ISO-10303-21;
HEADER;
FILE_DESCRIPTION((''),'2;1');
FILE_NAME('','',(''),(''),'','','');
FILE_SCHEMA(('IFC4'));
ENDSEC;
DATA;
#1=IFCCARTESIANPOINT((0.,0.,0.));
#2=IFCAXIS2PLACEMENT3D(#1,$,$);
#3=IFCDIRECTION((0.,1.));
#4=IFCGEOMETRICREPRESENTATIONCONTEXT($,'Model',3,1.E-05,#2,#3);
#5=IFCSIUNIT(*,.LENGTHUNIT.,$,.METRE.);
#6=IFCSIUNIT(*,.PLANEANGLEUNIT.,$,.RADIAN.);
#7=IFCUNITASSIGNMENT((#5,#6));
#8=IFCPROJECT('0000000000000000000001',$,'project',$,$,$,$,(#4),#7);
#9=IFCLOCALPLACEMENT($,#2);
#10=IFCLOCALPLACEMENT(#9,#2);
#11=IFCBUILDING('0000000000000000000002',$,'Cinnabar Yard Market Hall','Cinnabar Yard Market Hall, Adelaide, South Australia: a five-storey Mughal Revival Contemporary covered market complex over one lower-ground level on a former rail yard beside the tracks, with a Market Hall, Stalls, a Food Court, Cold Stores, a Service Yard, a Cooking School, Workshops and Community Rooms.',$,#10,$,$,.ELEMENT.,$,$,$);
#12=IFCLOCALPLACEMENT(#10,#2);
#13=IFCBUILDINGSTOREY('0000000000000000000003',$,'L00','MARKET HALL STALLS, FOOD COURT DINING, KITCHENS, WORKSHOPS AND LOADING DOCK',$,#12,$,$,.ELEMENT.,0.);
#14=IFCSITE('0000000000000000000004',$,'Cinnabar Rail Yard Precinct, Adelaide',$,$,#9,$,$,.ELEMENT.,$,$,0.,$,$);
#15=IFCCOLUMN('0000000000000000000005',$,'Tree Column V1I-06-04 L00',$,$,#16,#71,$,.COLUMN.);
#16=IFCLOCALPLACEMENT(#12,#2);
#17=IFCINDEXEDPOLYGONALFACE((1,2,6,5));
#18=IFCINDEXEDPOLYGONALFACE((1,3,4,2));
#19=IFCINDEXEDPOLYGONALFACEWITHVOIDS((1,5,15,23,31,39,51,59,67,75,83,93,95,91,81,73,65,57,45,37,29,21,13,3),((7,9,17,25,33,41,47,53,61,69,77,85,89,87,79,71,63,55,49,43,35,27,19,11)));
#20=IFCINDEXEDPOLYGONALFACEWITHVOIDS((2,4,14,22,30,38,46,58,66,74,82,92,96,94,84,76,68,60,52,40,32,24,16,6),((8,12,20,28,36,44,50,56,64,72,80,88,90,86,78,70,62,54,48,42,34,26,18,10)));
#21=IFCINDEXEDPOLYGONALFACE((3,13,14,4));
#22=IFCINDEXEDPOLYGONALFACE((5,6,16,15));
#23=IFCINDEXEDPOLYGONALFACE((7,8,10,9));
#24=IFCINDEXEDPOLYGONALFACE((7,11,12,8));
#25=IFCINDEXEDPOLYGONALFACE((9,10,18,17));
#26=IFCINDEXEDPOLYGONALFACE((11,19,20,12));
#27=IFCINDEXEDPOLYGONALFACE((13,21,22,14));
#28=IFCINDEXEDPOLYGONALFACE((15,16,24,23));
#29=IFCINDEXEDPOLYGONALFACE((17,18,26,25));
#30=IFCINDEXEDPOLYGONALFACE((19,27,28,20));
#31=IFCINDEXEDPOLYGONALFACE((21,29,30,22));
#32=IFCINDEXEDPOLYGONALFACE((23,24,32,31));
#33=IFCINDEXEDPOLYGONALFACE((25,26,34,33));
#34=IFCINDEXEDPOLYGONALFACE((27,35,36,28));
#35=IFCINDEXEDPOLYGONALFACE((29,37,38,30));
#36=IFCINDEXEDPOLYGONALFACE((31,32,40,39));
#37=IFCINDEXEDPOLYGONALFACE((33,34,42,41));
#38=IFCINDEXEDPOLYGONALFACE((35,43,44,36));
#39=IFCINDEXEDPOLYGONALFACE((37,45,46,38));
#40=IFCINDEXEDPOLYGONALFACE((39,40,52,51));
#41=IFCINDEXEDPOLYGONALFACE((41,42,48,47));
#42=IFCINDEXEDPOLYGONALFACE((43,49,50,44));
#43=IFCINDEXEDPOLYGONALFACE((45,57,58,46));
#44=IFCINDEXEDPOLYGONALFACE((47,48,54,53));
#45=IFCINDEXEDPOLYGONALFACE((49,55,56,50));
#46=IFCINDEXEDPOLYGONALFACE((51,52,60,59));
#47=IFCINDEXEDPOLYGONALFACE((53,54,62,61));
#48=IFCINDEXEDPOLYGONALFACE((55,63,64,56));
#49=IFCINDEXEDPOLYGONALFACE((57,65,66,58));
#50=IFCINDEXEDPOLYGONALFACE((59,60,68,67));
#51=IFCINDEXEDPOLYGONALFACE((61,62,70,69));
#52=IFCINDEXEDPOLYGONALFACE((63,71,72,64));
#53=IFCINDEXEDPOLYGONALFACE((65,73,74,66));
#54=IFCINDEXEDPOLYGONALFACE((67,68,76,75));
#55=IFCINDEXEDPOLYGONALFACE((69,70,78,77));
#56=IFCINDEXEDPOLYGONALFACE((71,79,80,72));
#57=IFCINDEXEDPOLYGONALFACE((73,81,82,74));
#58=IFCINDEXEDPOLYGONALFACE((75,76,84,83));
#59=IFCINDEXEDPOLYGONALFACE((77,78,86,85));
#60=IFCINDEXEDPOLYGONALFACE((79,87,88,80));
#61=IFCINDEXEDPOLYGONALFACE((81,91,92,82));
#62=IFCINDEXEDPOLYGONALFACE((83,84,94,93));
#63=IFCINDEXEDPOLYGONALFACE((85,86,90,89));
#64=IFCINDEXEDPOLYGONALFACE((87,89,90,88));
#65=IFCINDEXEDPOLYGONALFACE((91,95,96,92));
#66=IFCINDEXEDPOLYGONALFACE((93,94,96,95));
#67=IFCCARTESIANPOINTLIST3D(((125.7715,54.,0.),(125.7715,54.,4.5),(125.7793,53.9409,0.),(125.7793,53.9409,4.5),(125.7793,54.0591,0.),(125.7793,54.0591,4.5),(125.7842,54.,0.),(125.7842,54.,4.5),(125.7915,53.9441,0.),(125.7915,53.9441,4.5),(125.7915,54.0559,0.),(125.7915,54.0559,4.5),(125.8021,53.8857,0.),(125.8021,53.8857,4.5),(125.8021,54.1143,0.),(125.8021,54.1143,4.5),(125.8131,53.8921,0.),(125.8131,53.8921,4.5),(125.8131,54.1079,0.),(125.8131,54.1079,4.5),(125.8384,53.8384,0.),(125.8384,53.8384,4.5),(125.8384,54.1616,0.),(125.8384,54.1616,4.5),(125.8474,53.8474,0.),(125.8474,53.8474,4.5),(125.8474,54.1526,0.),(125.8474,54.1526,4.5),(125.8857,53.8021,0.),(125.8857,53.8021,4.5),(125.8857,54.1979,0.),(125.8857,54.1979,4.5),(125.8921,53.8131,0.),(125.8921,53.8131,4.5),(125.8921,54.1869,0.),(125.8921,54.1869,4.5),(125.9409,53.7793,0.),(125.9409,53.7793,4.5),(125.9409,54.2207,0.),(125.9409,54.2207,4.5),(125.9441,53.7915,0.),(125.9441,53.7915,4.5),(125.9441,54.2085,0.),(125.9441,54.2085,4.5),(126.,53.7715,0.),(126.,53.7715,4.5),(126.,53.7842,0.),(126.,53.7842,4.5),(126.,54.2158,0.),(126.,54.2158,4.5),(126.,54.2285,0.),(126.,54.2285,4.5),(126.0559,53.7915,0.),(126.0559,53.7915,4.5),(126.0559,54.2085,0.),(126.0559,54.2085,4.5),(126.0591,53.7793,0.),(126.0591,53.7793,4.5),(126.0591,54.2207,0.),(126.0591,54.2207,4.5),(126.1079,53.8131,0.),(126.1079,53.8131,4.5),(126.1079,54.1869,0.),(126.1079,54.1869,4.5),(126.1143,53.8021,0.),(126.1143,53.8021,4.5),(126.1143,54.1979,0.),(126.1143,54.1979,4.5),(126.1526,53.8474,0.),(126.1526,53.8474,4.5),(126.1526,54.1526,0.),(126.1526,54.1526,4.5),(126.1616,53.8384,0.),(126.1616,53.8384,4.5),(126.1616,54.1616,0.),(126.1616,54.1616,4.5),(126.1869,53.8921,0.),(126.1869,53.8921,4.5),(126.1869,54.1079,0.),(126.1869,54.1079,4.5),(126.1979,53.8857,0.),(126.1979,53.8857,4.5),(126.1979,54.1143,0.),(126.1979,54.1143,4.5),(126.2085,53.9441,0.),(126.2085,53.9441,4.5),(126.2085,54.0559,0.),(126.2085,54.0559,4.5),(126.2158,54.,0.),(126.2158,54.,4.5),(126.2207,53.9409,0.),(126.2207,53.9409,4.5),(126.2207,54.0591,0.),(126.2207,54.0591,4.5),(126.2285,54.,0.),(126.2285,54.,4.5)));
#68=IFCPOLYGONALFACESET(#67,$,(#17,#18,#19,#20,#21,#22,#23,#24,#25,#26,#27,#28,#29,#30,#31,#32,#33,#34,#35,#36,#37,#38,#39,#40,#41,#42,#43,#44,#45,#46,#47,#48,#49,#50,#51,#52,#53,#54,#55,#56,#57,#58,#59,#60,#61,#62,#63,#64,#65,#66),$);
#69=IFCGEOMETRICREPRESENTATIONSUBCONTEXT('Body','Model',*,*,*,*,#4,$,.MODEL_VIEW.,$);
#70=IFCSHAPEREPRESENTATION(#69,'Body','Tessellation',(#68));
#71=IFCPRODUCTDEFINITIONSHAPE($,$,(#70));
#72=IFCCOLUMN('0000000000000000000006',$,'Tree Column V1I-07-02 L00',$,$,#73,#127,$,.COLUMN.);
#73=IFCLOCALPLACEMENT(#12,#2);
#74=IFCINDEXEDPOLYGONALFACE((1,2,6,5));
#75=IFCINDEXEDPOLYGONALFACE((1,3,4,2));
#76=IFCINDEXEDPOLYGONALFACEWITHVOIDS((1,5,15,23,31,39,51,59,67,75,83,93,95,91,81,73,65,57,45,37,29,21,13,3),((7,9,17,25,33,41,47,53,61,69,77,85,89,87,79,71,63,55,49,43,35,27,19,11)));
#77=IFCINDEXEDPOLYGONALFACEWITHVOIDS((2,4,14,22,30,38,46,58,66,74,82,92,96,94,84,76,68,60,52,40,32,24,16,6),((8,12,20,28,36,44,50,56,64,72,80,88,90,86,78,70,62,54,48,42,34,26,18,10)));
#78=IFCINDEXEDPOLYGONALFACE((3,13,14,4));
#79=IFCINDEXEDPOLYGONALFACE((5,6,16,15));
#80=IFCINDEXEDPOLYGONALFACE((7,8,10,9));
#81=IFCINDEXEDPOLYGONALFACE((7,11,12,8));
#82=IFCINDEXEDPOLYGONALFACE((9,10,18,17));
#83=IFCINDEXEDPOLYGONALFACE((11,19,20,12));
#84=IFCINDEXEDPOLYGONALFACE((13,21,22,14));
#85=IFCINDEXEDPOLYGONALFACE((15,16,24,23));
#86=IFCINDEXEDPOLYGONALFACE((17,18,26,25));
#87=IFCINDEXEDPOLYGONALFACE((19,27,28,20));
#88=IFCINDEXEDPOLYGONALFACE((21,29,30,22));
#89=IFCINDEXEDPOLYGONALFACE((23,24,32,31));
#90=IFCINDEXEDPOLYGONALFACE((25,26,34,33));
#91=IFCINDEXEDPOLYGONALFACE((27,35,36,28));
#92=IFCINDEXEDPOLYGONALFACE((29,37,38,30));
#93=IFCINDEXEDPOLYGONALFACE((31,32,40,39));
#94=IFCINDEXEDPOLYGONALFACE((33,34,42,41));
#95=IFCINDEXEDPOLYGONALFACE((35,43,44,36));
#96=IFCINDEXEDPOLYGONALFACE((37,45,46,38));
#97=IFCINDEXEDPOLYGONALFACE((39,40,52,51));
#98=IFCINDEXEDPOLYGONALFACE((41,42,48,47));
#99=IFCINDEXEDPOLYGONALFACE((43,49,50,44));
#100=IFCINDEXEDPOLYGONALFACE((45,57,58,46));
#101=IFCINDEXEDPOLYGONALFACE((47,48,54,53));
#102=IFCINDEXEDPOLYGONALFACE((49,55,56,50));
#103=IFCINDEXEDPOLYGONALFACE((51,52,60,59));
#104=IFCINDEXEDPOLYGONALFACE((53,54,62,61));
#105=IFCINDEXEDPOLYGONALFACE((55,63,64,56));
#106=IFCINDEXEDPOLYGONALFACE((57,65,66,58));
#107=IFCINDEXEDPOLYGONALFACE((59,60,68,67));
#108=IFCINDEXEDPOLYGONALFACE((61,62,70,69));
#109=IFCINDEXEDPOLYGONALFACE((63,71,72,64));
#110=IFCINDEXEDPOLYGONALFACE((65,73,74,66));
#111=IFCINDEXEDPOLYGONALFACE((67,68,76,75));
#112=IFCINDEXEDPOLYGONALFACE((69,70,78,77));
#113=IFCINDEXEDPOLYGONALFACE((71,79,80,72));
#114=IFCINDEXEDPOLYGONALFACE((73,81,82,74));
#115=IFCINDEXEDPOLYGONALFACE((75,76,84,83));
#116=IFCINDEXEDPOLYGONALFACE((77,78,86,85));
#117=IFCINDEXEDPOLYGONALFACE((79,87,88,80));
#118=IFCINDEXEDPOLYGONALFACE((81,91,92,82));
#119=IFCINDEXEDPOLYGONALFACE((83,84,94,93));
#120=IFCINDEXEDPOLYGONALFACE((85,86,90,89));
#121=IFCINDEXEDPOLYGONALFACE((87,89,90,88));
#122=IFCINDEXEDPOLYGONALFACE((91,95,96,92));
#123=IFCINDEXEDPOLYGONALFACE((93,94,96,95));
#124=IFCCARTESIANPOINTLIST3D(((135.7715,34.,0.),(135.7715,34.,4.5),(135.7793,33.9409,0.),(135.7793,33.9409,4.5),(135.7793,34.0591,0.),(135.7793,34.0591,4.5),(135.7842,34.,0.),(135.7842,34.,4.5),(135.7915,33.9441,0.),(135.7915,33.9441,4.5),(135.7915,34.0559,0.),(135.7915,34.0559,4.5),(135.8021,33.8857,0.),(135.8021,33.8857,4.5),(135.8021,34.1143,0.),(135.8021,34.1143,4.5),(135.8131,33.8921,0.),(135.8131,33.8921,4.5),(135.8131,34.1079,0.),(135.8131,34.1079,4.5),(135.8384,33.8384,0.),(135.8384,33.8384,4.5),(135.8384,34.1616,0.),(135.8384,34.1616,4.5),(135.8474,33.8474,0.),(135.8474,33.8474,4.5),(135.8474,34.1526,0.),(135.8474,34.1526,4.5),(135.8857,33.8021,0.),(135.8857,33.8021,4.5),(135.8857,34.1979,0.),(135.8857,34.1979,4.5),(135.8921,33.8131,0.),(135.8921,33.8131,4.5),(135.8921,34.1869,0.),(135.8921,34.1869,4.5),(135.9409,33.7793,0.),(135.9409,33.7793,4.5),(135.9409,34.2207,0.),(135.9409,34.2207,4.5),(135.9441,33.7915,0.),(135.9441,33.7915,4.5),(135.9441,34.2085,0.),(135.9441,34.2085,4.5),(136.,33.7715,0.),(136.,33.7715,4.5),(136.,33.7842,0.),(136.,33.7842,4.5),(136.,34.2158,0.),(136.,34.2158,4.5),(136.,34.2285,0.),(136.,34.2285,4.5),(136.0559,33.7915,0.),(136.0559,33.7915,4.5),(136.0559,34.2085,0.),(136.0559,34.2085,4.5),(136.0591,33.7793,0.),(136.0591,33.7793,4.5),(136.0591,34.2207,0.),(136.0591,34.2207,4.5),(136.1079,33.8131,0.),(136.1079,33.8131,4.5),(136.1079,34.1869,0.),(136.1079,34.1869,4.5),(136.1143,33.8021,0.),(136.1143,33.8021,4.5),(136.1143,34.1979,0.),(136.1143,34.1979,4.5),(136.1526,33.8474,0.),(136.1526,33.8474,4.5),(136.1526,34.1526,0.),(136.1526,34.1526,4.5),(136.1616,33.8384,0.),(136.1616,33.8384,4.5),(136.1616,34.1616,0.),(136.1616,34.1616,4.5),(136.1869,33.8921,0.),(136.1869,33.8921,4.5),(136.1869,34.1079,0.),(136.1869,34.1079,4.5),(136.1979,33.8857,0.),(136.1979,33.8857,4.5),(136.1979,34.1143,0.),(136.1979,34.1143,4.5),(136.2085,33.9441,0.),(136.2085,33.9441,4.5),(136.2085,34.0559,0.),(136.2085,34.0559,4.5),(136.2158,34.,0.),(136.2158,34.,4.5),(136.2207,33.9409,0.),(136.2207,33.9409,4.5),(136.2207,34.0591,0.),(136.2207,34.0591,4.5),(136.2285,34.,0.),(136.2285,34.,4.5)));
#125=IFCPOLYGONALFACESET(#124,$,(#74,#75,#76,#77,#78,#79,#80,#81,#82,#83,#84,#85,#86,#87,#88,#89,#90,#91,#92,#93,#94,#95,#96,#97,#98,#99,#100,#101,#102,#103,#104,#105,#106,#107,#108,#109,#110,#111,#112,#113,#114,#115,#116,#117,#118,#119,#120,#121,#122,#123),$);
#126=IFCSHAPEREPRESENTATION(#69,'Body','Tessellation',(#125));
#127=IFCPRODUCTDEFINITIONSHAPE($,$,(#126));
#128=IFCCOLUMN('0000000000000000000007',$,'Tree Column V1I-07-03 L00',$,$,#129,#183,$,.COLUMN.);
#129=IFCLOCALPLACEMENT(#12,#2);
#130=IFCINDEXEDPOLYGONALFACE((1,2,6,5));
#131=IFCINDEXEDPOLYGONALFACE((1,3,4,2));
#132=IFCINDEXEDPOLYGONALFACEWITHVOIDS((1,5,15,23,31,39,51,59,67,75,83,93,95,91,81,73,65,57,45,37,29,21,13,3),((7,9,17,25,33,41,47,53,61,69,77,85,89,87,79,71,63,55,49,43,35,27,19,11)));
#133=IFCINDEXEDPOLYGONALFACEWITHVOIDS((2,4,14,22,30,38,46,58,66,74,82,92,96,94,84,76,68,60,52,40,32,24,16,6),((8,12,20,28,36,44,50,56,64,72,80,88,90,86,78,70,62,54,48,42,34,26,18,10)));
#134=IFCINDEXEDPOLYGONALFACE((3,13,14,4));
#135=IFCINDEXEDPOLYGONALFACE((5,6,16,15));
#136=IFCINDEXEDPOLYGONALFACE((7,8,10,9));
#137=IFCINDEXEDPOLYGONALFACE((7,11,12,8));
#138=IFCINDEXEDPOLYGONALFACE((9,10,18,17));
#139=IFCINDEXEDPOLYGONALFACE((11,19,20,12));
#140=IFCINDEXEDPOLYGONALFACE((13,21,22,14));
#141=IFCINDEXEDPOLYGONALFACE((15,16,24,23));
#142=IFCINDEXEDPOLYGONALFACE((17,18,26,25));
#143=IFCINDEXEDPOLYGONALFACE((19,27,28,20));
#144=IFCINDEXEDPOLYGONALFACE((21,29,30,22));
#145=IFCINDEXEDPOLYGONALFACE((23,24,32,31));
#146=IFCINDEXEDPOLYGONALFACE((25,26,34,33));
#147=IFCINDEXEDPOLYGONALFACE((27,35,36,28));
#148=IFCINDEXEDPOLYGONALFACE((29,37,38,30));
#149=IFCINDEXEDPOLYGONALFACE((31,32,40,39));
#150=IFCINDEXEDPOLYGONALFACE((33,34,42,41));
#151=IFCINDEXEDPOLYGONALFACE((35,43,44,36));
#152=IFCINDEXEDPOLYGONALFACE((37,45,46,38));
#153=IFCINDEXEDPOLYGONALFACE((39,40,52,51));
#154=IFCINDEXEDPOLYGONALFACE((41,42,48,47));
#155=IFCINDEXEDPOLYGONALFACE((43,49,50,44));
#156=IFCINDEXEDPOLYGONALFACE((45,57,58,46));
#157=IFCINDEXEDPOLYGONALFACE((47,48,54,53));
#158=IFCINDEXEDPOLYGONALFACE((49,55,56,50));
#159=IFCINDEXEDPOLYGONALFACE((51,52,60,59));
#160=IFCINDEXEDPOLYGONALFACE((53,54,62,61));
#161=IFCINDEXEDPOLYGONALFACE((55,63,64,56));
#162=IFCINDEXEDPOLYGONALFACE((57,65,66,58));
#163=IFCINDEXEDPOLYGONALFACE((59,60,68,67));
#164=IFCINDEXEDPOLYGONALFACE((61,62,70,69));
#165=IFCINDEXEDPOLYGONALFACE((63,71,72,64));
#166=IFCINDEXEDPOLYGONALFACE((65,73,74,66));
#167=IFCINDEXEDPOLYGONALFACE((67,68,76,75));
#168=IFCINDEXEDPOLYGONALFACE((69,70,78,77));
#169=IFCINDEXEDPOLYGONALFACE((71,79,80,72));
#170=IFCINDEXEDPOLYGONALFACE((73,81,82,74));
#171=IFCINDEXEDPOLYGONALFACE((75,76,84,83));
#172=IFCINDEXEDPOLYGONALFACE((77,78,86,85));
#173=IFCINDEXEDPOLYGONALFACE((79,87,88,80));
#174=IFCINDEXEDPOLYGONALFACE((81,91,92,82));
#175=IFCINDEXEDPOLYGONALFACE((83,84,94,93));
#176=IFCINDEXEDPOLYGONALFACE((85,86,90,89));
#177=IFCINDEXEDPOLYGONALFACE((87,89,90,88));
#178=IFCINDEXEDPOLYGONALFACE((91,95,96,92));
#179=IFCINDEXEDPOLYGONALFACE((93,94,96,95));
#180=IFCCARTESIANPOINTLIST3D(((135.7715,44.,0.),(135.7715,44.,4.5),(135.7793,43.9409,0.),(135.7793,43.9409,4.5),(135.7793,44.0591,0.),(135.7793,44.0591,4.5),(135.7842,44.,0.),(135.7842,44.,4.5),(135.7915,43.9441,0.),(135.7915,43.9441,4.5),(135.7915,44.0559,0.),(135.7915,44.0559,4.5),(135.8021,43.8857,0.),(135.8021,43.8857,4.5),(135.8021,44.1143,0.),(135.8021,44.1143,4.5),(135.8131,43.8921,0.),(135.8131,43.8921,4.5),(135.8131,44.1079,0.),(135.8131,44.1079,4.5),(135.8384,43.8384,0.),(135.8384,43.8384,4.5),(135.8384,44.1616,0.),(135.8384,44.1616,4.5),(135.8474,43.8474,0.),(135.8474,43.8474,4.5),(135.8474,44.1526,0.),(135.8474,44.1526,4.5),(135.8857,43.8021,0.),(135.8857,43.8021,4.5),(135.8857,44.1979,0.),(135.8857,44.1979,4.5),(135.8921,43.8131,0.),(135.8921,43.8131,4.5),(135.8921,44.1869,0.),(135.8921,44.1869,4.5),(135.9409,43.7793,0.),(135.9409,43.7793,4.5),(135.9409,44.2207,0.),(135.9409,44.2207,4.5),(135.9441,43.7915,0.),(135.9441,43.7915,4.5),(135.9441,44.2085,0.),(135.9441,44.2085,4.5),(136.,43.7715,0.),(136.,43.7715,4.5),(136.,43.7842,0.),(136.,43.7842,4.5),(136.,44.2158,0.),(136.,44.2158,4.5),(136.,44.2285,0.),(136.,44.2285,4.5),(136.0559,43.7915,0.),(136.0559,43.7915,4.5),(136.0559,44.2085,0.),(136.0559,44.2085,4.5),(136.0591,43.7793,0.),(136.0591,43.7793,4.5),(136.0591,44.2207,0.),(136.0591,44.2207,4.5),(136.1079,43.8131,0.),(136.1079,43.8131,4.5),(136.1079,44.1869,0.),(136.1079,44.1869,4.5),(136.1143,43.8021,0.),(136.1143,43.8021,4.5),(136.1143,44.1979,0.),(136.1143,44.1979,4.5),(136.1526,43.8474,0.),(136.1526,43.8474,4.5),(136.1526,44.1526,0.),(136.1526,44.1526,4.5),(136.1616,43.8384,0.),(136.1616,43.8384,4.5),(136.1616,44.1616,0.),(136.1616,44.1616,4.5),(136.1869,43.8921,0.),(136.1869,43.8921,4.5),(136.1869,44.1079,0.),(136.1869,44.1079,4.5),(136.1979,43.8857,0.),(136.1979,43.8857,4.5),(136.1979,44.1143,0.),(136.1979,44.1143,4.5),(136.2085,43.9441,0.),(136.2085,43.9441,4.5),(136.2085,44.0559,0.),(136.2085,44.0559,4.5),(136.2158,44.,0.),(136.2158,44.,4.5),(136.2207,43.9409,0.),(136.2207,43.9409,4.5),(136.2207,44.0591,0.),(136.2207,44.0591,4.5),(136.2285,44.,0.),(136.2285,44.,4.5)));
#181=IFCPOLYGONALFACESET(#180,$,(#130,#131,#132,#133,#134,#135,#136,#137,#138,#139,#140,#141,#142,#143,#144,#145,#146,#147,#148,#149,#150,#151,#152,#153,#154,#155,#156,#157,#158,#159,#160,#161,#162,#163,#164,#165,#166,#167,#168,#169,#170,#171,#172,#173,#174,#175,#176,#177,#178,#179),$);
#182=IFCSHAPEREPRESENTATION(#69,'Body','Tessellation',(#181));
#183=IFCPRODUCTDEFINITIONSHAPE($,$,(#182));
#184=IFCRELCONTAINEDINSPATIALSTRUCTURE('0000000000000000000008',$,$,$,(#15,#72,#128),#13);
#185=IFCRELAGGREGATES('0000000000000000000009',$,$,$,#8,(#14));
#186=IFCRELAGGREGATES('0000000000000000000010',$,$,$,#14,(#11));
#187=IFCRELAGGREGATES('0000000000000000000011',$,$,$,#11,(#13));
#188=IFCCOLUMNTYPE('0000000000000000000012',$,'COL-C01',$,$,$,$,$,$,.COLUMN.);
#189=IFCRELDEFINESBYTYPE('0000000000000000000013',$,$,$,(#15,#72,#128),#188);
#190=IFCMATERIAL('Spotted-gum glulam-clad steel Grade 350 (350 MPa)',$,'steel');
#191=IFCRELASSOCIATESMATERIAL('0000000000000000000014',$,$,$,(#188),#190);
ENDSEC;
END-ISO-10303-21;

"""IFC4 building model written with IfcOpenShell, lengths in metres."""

from ifc_helpers import new_model, si_unit, direction, frame, origin, origin_2d_with_axis, place, context, subcontext, project, spatial, hollow_circle, extrude, material, material_profile, profile_set, type_object, element, save


model = new_model("IFC4")

# Units and contexts
model_context = context("Model", 3, precision=1e-05, world=origin(), true_north=direction((0.0, 1.0)))
body_context = subcontext(model_context, "Body", "Model", "MODEL_VIEW")
ifc_project = project(units=[si_unit("LENGTHUNIT", "METRE"), si_unit("PLANEANGLEUNIT", "RADIAN")], contexts=[model_context])

# Site, building, storey
site_placement = place(None, origin())
site = spatial("IfcSite", under=ifc_project, at=site_placement, Name="Cinnabar Rail Yard Precinct, Adelaide", CompositionType="ELEMENT", RefElevation=0.0)
building_placement = place(site_placement, origin())
building = spatial("IfcBuilding", under=site, at=building_placement, Name="Cinnabar Yard Market Hall", Description="Cinnabar Yard Market Hall, Adelaide, South Australia: a five-storey Mughal Revival Contemporary covered market complex over one lower-ground level on a former rail yard beside the tracks, with a Market Hall, Stalls, a Food Court, Cold Stores, a Service Yard, a Cooking School, Workshops and Community Rooms.", CompositionType="ELEMENT")
storey_placement = place(building_placement, origin())
storey = spatial("IfcBuildingStorey", under=building, at=storey_placement, Name="L00", Description="MARKET HALL STALLS, FOOD COURT DINING, KITCHENS, WORKSHOPS AND LOADING DOCK", CompositionType="ELEMENT", Elevation=0.0)

# Columns
ifc_material_1 = material(Name="Spotted-gum glulam-clad steel Grade 350 (350 MPa)", Category="steel")
ifc_material_profile_1 = material_profile(ifc_material_1, hollow_circle(Radius=0.2285, WallThickness=0.0127, at=origin_2d_with_axis()), Name="457.0x12.7CHS")
ifc_profile_set_1 = profile_set([ifc_material_profile_1], Name="Spotted-gum glulam-clad steel Grade 350 (350 MPa)")
column_type = type_object("IfcColumnType", Name="COL-C01", PredefinedType="COLUMN", material=ifc_profile_set_1)
for number, where, z_axis, x_axis, name in (
    (1, (126.0, 54.0, 0.0), (0.0, 0.0, 1.0), (1.0, 0.0, 0.0), "Tree Column V1I-06-04 L00"),
    (2, (136.0, 34.0, 0.0), (0.0, 0.0, 1.0), (1.0, 0.0, 0.0), "Tree Column V1I-07-02 L00"),
    (3, (136.0, 44.0, 0.0), (0.0, 0.0, 1.0), (1.0, 0.0, 0.0), "Tree Column V1I-07-03 L00"),
):
    element("IfcColumn", number, at=place(storey_placement, frame(where, z_axis=z_axis, x_axis=x_axis)), inside=storey, type_object=column_type, Name=name, PredefinedType="COLUMN", context=body_context, shape_type="SweptSolid", body=[
        extrude(hollow_circle(Radius=0.2285, WallThickness=0.0127, at=origin_2d_with_axis()), origin(), (0.0, 0.0, 1.0), 4.5),
    ])

save(model, "model.ifc")
